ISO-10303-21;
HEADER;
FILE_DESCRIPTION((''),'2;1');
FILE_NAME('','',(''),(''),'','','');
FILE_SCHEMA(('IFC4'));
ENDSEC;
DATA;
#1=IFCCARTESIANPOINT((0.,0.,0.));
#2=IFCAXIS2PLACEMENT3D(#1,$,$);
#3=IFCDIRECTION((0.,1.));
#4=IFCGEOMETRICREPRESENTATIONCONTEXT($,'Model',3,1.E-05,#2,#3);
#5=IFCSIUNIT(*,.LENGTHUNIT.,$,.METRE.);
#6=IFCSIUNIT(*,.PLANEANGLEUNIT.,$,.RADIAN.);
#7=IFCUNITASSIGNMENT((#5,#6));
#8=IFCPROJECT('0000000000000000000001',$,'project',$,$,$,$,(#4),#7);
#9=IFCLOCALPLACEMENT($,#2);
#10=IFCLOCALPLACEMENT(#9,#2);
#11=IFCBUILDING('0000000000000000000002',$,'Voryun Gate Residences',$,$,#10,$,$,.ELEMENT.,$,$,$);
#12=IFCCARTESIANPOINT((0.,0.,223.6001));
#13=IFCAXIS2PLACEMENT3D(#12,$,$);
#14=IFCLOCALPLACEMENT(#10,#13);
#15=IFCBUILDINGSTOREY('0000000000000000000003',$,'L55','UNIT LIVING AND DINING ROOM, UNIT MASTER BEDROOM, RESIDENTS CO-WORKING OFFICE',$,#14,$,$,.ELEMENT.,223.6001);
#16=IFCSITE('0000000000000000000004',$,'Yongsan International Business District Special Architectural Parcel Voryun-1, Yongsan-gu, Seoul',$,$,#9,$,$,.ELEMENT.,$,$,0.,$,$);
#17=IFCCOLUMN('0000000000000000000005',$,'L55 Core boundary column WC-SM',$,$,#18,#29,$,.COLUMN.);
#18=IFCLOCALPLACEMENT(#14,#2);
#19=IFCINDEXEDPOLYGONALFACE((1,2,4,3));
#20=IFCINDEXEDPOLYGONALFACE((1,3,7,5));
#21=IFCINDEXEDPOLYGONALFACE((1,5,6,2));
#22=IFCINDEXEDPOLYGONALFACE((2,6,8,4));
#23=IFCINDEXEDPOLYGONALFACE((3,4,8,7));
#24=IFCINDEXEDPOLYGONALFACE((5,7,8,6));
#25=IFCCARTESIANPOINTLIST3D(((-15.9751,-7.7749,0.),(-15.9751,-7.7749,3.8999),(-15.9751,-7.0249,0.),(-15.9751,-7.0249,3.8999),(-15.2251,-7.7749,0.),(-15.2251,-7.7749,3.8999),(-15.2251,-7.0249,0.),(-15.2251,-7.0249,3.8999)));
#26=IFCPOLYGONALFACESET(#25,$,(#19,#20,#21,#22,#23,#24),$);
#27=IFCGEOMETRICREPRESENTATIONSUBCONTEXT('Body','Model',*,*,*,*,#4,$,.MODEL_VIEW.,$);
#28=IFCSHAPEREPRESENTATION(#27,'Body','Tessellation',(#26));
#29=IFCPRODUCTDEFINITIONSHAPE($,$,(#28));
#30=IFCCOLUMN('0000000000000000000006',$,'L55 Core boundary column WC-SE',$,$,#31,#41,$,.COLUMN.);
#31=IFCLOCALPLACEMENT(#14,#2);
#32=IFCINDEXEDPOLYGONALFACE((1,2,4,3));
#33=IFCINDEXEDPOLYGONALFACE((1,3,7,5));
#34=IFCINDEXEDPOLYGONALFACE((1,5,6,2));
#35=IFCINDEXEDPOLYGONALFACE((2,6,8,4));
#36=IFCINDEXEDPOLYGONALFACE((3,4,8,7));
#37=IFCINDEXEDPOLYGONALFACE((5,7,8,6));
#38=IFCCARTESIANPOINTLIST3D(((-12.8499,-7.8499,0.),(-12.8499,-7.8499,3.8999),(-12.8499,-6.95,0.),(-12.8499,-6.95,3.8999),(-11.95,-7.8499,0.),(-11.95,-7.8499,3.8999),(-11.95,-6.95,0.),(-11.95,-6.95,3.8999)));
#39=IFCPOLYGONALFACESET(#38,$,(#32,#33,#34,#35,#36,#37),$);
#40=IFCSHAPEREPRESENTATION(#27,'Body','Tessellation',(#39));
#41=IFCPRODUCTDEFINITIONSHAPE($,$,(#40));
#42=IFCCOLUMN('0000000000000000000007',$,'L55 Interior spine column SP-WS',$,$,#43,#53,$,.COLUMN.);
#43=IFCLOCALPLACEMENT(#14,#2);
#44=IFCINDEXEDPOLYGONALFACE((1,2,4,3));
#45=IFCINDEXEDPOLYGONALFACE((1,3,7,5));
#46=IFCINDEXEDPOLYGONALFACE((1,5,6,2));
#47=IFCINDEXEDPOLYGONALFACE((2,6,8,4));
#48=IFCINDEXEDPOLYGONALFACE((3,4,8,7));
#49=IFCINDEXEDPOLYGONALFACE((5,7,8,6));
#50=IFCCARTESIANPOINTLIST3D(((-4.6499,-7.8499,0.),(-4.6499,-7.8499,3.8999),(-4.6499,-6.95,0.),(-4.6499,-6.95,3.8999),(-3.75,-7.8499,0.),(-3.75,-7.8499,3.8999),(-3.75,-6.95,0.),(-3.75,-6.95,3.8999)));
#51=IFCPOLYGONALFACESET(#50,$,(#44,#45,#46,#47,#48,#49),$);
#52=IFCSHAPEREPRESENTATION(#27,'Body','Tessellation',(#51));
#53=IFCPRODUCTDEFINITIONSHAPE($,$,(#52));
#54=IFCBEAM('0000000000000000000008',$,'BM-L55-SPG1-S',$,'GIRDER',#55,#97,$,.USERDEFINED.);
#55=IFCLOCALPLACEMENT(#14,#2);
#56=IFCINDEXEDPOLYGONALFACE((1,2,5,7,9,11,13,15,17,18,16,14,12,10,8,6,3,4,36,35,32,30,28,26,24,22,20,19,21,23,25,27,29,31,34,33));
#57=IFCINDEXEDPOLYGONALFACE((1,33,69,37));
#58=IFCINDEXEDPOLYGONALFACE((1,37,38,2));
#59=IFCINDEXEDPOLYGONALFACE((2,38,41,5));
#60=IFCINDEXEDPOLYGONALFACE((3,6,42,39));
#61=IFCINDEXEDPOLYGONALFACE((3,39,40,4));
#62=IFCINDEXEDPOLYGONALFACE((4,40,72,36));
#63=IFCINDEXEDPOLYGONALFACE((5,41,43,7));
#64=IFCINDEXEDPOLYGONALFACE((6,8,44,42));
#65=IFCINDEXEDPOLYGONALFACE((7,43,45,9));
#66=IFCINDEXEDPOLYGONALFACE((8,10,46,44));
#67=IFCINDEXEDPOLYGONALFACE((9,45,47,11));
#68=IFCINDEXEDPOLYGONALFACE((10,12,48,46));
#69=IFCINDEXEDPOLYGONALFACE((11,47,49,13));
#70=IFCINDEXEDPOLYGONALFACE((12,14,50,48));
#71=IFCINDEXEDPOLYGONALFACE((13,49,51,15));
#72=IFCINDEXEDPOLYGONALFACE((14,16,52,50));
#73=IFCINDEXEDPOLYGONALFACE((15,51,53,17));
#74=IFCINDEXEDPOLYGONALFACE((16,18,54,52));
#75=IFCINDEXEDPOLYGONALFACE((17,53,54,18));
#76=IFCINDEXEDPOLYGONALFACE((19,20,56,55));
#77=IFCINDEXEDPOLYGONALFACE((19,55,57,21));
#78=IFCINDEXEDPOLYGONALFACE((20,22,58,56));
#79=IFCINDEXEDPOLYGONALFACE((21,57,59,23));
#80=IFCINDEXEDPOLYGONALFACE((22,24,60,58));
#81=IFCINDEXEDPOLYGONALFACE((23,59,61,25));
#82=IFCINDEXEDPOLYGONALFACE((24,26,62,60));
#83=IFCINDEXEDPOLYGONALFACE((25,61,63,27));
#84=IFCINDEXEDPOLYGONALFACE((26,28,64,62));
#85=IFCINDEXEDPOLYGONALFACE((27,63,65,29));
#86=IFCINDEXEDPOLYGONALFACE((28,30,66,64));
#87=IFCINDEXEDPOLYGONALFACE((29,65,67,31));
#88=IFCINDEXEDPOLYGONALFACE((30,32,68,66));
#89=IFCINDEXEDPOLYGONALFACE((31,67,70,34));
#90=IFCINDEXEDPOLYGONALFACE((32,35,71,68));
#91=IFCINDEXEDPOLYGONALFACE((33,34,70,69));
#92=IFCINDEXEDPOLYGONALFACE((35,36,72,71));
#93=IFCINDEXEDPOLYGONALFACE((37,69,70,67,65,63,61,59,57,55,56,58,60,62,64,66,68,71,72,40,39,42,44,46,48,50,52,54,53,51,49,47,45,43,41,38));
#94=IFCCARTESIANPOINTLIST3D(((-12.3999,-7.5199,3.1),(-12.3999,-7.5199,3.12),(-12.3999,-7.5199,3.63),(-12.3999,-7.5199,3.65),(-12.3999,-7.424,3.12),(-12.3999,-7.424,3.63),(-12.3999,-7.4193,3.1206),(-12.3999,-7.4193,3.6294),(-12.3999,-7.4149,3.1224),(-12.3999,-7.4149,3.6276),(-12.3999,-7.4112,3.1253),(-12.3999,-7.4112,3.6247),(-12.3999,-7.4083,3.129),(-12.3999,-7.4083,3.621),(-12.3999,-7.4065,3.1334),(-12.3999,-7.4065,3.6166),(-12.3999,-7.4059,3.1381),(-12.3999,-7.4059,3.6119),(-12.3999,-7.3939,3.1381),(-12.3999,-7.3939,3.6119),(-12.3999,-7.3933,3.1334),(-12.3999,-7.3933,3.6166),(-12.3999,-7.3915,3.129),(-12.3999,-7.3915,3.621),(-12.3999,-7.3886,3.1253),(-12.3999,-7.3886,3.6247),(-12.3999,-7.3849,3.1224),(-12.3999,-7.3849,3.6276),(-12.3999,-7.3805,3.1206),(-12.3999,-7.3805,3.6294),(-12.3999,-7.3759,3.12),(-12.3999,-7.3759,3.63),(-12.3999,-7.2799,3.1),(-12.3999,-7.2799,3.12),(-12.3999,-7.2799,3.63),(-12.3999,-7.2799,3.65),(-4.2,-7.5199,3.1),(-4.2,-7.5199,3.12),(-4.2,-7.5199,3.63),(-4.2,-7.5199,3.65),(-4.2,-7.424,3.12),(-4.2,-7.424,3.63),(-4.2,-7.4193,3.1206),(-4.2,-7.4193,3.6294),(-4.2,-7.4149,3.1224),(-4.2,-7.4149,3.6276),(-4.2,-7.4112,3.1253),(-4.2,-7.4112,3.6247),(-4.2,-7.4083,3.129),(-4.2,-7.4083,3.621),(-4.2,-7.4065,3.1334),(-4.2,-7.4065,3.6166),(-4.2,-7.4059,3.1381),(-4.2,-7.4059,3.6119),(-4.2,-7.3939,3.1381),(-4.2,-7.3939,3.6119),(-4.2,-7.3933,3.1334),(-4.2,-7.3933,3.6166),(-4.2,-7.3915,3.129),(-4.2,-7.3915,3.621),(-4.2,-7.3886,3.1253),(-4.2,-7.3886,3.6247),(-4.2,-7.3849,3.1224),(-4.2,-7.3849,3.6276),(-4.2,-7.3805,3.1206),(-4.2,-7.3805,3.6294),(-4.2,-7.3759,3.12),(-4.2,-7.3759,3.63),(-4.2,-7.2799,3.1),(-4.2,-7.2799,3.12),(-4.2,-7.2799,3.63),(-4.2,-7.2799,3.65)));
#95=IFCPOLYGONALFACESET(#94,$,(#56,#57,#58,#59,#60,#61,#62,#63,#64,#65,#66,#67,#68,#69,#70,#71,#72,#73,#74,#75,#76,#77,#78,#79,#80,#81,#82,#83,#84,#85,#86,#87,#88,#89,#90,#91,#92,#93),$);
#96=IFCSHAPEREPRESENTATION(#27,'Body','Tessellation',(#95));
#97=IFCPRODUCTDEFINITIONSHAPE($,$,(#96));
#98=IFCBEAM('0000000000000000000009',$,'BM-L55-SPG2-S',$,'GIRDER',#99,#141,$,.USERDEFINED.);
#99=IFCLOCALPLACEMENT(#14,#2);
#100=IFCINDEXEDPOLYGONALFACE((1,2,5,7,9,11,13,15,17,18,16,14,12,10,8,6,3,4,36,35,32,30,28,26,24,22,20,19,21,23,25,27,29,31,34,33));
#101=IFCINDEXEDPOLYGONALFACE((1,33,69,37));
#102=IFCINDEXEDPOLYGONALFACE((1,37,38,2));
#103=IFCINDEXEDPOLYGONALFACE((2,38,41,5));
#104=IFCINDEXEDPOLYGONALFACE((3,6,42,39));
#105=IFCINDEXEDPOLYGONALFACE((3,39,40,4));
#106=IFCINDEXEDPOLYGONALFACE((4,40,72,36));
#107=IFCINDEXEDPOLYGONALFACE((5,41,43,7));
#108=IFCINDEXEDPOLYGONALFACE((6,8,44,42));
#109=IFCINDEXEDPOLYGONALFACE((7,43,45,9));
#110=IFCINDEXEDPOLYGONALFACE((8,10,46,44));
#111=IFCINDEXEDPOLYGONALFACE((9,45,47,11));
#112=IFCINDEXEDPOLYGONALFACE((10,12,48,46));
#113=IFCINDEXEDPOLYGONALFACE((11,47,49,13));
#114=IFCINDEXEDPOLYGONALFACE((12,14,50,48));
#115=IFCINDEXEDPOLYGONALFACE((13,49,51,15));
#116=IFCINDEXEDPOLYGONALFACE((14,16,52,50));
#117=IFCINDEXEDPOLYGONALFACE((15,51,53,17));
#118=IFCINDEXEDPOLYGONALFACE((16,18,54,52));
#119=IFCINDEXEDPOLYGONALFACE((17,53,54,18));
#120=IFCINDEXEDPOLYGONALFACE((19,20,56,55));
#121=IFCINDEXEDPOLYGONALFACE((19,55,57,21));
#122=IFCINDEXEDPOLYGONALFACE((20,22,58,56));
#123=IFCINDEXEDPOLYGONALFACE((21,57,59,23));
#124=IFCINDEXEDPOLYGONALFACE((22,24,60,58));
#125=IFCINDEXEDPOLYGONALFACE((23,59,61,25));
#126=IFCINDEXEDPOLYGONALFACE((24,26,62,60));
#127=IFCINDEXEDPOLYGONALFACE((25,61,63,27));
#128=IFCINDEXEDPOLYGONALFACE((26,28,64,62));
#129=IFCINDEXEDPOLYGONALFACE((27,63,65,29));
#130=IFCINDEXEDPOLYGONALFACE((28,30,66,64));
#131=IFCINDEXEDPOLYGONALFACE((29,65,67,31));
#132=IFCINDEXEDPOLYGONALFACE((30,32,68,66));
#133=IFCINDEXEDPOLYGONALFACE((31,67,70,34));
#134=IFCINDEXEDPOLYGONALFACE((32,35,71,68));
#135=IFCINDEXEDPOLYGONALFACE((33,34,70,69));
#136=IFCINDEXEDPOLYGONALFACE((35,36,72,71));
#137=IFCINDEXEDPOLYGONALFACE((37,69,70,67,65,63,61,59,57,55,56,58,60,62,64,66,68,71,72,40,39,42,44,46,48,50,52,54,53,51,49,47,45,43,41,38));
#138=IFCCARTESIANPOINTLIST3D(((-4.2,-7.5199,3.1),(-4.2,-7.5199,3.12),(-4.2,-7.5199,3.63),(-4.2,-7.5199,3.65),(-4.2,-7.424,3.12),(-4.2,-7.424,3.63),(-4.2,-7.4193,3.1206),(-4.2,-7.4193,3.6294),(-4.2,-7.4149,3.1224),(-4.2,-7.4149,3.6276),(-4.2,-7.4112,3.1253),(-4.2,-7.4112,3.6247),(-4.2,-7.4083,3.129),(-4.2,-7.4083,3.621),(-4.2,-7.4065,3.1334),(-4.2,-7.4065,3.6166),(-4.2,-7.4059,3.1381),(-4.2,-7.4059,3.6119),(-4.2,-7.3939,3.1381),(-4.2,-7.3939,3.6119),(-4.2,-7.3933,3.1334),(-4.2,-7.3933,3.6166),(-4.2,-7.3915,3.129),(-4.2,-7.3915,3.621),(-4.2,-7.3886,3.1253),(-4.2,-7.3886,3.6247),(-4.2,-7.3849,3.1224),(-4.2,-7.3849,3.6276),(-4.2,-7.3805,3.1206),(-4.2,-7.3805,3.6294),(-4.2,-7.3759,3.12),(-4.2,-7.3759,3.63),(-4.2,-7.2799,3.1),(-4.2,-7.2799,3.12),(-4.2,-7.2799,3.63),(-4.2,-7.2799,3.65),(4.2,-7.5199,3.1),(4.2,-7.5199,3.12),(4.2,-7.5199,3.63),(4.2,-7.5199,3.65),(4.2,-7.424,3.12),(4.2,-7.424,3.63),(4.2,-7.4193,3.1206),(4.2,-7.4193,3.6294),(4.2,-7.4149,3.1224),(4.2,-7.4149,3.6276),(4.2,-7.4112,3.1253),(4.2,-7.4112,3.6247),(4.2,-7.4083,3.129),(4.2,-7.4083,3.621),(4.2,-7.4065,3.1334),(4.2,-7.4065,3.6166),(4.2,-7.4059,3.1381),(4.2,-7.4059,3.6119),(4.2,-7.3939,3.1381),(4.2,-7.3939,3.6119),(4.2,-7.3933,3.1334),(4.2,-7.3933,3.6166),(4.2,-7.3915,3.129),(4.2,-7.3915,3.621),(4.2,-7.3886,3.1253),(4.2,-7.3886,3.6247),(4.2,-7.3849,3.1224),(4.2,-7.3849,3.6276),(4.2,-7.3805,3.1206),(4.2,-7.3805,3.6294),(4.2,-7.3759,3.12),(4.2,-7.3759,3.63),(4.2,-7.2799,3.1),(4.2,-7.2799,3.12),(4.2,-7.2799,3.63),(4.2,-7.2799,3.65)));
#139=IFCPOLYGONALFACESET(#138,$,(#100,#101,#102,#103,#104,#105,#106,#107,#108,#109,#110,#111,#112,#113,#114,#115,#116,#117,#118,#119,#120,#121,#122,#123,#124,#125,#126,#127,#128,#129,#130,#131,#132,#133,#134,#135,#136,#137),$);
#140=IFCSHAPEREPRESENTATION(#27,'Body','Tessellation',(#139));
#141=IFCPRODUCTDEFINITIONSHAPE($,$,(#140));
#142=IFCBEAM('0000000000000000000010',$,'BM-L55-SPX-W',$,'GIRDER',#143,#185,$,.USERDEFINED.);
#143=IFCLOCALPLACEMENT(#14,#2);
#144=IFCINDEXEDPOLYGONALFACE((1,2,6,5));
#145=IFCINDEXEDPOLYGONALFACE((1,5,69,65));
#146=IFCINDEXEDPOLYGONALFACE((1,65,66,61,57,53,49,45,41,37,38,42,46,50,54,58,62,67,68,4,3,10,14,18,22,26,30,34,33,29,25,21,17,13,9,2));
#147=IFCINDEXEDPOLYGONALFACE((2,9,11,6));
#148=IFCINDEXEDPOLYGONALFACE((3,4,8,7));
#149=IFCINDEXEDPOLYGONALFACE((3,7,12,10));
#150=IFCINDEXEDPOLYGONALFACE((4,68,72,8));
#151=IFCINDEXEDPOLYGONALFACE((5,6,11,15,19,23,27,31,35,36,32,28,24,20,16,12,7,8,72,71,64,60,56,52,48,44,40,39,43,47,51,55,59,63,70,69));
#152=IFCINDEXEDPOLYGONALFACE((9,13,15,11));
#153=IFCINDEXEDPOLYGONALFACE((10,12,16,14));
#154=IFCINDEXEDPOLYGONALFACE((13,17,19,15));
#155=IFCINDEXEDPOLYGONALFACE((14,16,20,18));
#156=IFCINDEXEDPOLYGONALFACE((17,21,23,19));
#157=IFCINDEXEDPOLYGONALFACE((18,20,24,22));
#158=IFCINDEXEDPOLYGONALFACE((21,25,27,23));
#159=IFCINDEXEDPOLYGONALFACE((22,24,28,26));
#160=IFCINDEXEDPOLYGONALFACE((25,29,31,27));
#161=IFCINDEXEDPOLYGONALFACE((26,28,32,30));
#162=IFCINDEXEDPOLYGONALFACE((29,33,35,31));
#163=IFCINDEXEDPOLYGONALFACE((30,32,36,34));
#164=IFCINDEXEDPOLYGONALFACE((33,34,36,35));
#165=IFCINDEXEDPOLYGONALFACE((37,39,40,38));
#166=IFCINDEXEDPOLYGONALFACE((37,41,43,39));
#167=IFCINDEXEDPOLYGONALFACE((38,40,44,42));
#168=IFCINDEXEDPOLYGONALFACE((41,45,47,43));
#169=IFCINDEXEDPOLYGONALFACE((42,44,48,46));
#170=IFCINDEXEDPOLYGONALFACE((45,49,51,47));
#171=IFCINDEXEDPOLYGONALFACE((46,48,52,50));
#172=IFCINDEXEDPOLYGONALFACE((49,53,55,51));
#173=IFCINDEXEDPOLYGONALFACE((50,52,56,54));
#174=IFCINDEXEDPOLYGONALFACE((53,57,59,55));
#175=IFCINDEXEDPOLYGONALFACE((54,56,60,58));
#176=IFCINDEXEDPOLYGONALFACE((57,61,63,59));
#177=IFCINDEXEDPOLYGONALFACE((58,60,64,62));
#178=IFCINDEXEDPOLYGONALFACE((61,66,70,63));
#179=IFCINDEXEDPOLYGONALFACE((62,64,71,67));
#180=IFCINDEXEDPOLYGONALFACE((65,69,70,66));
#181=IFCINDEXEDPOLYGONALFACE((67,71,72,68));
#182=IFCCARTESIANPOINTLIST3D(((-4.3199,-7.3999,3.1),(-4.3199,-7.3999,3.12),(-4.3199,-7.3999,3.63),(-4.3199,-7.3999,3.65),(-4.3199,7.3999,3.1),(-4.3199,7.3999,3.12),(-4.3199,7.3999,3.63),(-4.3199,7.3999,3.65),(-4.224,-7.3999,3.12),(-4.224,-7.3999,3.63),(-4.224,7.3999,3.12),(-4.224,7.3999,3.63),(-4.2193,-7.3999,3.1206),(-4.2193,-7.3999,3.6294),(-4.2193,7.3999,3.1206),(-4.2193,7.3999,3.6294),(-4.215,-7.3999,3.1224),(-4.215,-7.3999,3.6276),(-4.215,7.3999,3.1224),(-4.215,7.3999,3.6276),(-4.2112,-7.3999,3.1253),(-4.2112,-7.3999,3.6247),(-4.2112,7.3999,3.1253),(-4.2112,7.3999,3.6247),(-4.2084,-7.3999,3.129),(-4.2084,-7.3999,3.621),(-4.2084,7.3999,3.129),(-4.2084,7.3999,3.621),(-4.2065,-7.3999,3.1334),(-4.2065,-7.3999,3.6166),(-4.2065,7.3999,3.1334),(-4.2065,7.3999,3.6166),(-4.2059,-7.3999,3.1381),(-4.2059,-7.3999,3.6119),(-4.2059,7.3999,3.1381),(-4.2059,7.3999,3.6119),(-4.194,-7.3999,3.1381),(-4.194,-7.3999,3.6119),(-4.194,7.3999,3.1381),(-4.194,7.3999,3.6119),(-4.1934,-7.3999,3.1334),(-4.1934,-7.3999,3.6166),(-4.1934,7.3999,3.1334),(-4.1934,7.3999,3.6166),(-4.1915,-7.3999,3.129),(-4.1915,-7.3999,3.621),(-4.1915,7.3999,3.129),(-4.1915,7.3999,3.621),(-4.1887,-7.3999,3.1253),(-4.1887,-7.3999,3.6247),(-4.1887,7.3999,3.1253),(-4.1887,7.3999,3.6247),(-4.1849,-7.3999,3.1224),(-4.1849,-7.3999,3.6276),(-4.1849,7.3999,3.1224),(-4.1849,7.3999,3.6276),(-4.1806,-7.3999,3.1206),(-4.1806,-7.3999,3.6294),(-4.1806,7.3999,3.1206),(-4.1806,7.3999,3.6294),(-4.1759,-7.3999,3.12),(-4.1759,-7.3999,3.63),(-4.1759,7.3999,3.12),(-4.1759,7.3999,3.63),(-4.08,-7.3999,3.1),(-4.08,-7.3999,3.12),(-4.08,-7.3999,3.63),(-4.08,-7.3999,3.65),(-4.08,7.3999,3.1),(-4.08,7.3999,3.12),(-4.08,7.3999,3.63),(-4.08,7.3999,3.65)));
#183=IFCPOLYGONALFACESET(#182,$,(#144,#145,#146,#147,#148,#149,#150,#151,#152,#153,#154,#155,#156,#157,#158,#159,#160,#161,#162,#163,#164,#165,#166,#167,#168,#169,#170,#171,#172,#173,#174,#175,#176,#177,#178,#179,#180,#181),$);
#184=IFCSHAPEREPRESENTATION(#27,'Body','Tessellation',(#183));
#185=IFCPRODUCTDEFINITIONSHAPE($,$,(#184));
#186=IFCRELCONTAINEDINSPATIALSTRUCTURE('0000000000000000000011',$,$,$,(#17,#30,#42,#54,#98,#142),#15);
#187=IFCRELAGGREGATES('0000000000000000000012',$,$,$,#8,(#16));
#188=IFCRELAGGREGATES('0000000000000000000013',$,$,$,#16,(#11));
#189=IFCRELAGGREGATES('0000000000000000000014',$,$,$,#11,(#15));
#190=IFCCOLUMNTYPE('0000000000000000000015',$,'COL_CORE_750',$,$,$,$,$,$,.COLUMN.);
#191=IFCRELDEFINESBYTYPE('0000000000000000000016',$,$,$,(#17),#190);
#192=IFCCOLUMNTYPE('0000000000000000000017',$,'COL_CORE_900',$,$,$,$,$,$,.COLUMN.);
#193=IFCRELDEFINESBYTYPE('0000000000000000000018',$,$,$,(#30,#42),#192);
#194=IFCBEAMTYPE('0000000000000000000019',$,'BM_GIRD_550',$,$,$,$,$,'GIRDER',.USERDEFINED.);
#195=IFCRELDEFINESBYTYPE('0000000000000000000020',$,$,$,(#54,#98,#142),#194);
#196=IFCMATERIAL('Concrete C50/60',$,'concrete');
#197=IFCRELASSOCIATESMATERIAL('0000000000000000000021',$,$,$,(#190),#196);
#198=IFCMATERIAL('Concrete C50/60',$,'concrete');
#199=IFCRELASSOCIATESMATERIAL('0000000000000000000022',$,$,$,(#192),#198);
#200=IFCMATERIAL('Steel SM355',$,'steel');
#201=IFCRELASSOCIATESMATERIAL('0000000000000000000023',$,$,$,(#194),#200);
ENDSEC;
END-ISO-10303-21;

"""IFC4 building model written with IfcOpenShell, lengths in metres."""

from ifc_helpers import new_model, si_unit, direction, frame, origin, origin_2d, place, context, subcontext, project, spatial, rectangle, i_section, extrude, material, material_profile, profile_set, type_object, element, save


model = new_model("IFC4")

# Units and contexts
model_context = context("Model", 3, precision=1e-05, world=origin(), true_north=direction((0.0, 1.0)))
body_context = subcontext(model_context, "Body", "Model", "MODEL_VIEW")
ifc_project = project(units=[si_unit("LENGTHUNIT", "METRE"), si_unit("PLANEANGLEUNIT", "RADIAN")], contexts=[model_context])

# Site, building, storey
site_placement = place(None, origin())
site = spatial("IfcSite", under=ifc_project, at=site_placement, Name="Yongsan International Business District Special Architectural Parcel Voryun-1, Yongsan-gu, Seoul", CompositionType="ELEMENT", RefElevation=0.0)
building_placement = place(site_placement, origin())
building = spatial("IfcBuilding", under=site, at=building_placement, Name="Voryun Gate Residences", CompositionType="ELEMENT")
storey_placement = place(building_placement, frame((0.0, 0.0, 223.6001)))
storey = spatial("IfcBuildingStorey", under=building, at=storey_placement, Name="L55", Description="UNIT LIVING AND DINING ROOM, UNIT MASTER BEDROOM, RESIDENTS CO-WORKING OFFICE", CompositionType="ELEMENT", Elevation=223.6001)

# Columns
ifc_material_1 = material(Name="Concrete C50/60", Category="concrete")
ifc_material_profile_1 = material_profile(ifc_material_1, rectangle(XDim=0.75, YDim=0.75, at=origin_2d()), Name="RC-750x750")
ifc_profile_set_1 = profile_set([ifc_material_profile_1], Name="Concrete C50/60")
column_type_1 = type_object("IfcColumnType", Name="COL_CORE_750", PredefinedType="COLUMN", material=ifc_profile_set_1)
column_placement = place(storey_placement, frame((-15.6001, -7.3999, 0.0), z_axis=(0.0, 0.0, 1.0), x_axis=(1.0, 0.0, 0.0)))
element("IfcColumn", 1, at=column_placement, inside=storey, type_object=column_type_1, Name="L55 Core boundary column WC-SM", PredefinedType="COLUMN", context=body_context, shape_type="SweptSolid", body=[
    extrude(rectangle(XDim=0.75, YDim=0.75, at=origin_2d()), origin(), (0.0, 0.0, 1.0), 3.8999),
])
ifc_material_2 = material(Name="Concrete C50/60", Category="concrete")
ifc_material_profile_2 = material_profile(ifc_material_2, rectangle(XDim=0.8999, YDim=0.8999, at=origin_2d()), Name="RC-900x900")
ifc_profile_set_2 = profile_set([ifc_material_profile_2], Name="Concrete C50/60")
column_type_2 = type_object("IfcColumnType", Name="COL_CORE_900", PredefinedType="COLUMN", material=ifc_profile_set_2)
for number, where, z_axis, x_axis, name in (
    (2, (-12.3999, -7.3999, 0.0), (0.0, 0.0, 1.0), (1.0, 0.0, 0.0), "L55 Core boundary column WC-SE"),
    (3, (-4.2, -7.3999, 0.0), (0.0, 0.0, 1.0), (1.0, 0.0, 0.0), "L55 Interior spine column SP-WS"),
):
    element("IfcColumn", number, at=place(storey_placement, frame(where, z_axis=z_axis, x_axis=x_axis)), inside=storey, type_object=column_type_2, Name=name, PredefinedType="COLUMN", context=body_context, shape_type="SweptSolid", body=[
        extrude(rectangle(XDim=0.8999, YDim=0.8999, at=origin_2d()), origin(), (0.0, 0.0, 1.0), 3.8999),
    ])

# Beams
ifc_material_3 = material(Name="Steel SM355", Category="steel")
ifc_material_profile_3 = material_profile(ifc_material_3, i_section(OverallWidth=0.24, OverallDepth=0.55, WebThickness=0.012, FlangeThickness=0.02, FilletRadius=0.0181, at=origin_2d()), Name="H-550x240x12x20")
ifc_profile_set_3 = profile_set([ifc_material_profile_3], Name="Steel SM355")
beam_type_1 = type_object("IfcBeamType", Name="BM_GIRD_550", ElementType="GIRDER", PredefinedType="USERDEFINED", material=ifc_profile_set_3)
beam_1_placement = place(storey_placement, frame((-12.3999, -7.3999, 3.375), z_axis=(1.0, 0.0, 0.0), x_axis=(0.0, 1.0, 0.0)))
element("IfcBeam", 4, at=beam_1_placement, inside=storey, type_object=beam_type_1, Name="BM-L55-SPG1-S", ObjectType="GIRDER", PredefinedType="USERDEFINED", context=body_context, shape_type="SweptSolid", body=[
    extrude(i_section(OverallWidth=0.24, OverallDepth=0.55, WebThickness=0.012, FlangeThickness=0.02, FilletRadius=0.0181, at=origin_2d()), origin(), (0.0, 0.0, 1.0), 8.2),
])
beam_2_placement = place(storey_placement, frame((-4.2, -7.3999, 3.375), z_axis=(1.0, 0.0, 0.0), x_axis=(0.0, 1.0, 0.0)))
element("IfcBeam", 5, at=beam_2_placement, inside=storey, type_object=beam_type_1, Name="BM-L55-SPG2-S", ObjectType="GIRDER", PredefinedType="USERDEFINED", context=body_context, shape_type="SweptSolid", body=[
    extrude(i_section(OverallWidth=0.24, OverallDepth=0.55, WebThickness=0.012, FlangeThickness=0.02, FilletRadius=0.0181, at=origin_2d()), origin(), (0.0, 0.0, 1.0), 8.3999),
])
beam_3_placement = place(storey_placement, frame((-4.2, -7.3999, 3.375), z_axis=(0.0, 1.0, 0.0), x_axis=(-1.0, 0.0, 0.0)))
element("IfcBeam", 6, at=beam_3_placement, inside=storey, type_object=beam_type_1, Name="BM-L55-SPX-W", ObjectType="GIRDER", PredefinedType="USERDEFINED", context=body_context, shape_type="SweptSolid", body=[
    extrude(i_section(OverallWidth=0.24, OverallDepth=0.55, WebThickness=0.012, FlangeThickness=0.02, FilletRadius=0.0181, at=origin_2d()), origin(), (0.0, 0.0, 1.0), 14.7998),
])

save(model, "model.ifc")
